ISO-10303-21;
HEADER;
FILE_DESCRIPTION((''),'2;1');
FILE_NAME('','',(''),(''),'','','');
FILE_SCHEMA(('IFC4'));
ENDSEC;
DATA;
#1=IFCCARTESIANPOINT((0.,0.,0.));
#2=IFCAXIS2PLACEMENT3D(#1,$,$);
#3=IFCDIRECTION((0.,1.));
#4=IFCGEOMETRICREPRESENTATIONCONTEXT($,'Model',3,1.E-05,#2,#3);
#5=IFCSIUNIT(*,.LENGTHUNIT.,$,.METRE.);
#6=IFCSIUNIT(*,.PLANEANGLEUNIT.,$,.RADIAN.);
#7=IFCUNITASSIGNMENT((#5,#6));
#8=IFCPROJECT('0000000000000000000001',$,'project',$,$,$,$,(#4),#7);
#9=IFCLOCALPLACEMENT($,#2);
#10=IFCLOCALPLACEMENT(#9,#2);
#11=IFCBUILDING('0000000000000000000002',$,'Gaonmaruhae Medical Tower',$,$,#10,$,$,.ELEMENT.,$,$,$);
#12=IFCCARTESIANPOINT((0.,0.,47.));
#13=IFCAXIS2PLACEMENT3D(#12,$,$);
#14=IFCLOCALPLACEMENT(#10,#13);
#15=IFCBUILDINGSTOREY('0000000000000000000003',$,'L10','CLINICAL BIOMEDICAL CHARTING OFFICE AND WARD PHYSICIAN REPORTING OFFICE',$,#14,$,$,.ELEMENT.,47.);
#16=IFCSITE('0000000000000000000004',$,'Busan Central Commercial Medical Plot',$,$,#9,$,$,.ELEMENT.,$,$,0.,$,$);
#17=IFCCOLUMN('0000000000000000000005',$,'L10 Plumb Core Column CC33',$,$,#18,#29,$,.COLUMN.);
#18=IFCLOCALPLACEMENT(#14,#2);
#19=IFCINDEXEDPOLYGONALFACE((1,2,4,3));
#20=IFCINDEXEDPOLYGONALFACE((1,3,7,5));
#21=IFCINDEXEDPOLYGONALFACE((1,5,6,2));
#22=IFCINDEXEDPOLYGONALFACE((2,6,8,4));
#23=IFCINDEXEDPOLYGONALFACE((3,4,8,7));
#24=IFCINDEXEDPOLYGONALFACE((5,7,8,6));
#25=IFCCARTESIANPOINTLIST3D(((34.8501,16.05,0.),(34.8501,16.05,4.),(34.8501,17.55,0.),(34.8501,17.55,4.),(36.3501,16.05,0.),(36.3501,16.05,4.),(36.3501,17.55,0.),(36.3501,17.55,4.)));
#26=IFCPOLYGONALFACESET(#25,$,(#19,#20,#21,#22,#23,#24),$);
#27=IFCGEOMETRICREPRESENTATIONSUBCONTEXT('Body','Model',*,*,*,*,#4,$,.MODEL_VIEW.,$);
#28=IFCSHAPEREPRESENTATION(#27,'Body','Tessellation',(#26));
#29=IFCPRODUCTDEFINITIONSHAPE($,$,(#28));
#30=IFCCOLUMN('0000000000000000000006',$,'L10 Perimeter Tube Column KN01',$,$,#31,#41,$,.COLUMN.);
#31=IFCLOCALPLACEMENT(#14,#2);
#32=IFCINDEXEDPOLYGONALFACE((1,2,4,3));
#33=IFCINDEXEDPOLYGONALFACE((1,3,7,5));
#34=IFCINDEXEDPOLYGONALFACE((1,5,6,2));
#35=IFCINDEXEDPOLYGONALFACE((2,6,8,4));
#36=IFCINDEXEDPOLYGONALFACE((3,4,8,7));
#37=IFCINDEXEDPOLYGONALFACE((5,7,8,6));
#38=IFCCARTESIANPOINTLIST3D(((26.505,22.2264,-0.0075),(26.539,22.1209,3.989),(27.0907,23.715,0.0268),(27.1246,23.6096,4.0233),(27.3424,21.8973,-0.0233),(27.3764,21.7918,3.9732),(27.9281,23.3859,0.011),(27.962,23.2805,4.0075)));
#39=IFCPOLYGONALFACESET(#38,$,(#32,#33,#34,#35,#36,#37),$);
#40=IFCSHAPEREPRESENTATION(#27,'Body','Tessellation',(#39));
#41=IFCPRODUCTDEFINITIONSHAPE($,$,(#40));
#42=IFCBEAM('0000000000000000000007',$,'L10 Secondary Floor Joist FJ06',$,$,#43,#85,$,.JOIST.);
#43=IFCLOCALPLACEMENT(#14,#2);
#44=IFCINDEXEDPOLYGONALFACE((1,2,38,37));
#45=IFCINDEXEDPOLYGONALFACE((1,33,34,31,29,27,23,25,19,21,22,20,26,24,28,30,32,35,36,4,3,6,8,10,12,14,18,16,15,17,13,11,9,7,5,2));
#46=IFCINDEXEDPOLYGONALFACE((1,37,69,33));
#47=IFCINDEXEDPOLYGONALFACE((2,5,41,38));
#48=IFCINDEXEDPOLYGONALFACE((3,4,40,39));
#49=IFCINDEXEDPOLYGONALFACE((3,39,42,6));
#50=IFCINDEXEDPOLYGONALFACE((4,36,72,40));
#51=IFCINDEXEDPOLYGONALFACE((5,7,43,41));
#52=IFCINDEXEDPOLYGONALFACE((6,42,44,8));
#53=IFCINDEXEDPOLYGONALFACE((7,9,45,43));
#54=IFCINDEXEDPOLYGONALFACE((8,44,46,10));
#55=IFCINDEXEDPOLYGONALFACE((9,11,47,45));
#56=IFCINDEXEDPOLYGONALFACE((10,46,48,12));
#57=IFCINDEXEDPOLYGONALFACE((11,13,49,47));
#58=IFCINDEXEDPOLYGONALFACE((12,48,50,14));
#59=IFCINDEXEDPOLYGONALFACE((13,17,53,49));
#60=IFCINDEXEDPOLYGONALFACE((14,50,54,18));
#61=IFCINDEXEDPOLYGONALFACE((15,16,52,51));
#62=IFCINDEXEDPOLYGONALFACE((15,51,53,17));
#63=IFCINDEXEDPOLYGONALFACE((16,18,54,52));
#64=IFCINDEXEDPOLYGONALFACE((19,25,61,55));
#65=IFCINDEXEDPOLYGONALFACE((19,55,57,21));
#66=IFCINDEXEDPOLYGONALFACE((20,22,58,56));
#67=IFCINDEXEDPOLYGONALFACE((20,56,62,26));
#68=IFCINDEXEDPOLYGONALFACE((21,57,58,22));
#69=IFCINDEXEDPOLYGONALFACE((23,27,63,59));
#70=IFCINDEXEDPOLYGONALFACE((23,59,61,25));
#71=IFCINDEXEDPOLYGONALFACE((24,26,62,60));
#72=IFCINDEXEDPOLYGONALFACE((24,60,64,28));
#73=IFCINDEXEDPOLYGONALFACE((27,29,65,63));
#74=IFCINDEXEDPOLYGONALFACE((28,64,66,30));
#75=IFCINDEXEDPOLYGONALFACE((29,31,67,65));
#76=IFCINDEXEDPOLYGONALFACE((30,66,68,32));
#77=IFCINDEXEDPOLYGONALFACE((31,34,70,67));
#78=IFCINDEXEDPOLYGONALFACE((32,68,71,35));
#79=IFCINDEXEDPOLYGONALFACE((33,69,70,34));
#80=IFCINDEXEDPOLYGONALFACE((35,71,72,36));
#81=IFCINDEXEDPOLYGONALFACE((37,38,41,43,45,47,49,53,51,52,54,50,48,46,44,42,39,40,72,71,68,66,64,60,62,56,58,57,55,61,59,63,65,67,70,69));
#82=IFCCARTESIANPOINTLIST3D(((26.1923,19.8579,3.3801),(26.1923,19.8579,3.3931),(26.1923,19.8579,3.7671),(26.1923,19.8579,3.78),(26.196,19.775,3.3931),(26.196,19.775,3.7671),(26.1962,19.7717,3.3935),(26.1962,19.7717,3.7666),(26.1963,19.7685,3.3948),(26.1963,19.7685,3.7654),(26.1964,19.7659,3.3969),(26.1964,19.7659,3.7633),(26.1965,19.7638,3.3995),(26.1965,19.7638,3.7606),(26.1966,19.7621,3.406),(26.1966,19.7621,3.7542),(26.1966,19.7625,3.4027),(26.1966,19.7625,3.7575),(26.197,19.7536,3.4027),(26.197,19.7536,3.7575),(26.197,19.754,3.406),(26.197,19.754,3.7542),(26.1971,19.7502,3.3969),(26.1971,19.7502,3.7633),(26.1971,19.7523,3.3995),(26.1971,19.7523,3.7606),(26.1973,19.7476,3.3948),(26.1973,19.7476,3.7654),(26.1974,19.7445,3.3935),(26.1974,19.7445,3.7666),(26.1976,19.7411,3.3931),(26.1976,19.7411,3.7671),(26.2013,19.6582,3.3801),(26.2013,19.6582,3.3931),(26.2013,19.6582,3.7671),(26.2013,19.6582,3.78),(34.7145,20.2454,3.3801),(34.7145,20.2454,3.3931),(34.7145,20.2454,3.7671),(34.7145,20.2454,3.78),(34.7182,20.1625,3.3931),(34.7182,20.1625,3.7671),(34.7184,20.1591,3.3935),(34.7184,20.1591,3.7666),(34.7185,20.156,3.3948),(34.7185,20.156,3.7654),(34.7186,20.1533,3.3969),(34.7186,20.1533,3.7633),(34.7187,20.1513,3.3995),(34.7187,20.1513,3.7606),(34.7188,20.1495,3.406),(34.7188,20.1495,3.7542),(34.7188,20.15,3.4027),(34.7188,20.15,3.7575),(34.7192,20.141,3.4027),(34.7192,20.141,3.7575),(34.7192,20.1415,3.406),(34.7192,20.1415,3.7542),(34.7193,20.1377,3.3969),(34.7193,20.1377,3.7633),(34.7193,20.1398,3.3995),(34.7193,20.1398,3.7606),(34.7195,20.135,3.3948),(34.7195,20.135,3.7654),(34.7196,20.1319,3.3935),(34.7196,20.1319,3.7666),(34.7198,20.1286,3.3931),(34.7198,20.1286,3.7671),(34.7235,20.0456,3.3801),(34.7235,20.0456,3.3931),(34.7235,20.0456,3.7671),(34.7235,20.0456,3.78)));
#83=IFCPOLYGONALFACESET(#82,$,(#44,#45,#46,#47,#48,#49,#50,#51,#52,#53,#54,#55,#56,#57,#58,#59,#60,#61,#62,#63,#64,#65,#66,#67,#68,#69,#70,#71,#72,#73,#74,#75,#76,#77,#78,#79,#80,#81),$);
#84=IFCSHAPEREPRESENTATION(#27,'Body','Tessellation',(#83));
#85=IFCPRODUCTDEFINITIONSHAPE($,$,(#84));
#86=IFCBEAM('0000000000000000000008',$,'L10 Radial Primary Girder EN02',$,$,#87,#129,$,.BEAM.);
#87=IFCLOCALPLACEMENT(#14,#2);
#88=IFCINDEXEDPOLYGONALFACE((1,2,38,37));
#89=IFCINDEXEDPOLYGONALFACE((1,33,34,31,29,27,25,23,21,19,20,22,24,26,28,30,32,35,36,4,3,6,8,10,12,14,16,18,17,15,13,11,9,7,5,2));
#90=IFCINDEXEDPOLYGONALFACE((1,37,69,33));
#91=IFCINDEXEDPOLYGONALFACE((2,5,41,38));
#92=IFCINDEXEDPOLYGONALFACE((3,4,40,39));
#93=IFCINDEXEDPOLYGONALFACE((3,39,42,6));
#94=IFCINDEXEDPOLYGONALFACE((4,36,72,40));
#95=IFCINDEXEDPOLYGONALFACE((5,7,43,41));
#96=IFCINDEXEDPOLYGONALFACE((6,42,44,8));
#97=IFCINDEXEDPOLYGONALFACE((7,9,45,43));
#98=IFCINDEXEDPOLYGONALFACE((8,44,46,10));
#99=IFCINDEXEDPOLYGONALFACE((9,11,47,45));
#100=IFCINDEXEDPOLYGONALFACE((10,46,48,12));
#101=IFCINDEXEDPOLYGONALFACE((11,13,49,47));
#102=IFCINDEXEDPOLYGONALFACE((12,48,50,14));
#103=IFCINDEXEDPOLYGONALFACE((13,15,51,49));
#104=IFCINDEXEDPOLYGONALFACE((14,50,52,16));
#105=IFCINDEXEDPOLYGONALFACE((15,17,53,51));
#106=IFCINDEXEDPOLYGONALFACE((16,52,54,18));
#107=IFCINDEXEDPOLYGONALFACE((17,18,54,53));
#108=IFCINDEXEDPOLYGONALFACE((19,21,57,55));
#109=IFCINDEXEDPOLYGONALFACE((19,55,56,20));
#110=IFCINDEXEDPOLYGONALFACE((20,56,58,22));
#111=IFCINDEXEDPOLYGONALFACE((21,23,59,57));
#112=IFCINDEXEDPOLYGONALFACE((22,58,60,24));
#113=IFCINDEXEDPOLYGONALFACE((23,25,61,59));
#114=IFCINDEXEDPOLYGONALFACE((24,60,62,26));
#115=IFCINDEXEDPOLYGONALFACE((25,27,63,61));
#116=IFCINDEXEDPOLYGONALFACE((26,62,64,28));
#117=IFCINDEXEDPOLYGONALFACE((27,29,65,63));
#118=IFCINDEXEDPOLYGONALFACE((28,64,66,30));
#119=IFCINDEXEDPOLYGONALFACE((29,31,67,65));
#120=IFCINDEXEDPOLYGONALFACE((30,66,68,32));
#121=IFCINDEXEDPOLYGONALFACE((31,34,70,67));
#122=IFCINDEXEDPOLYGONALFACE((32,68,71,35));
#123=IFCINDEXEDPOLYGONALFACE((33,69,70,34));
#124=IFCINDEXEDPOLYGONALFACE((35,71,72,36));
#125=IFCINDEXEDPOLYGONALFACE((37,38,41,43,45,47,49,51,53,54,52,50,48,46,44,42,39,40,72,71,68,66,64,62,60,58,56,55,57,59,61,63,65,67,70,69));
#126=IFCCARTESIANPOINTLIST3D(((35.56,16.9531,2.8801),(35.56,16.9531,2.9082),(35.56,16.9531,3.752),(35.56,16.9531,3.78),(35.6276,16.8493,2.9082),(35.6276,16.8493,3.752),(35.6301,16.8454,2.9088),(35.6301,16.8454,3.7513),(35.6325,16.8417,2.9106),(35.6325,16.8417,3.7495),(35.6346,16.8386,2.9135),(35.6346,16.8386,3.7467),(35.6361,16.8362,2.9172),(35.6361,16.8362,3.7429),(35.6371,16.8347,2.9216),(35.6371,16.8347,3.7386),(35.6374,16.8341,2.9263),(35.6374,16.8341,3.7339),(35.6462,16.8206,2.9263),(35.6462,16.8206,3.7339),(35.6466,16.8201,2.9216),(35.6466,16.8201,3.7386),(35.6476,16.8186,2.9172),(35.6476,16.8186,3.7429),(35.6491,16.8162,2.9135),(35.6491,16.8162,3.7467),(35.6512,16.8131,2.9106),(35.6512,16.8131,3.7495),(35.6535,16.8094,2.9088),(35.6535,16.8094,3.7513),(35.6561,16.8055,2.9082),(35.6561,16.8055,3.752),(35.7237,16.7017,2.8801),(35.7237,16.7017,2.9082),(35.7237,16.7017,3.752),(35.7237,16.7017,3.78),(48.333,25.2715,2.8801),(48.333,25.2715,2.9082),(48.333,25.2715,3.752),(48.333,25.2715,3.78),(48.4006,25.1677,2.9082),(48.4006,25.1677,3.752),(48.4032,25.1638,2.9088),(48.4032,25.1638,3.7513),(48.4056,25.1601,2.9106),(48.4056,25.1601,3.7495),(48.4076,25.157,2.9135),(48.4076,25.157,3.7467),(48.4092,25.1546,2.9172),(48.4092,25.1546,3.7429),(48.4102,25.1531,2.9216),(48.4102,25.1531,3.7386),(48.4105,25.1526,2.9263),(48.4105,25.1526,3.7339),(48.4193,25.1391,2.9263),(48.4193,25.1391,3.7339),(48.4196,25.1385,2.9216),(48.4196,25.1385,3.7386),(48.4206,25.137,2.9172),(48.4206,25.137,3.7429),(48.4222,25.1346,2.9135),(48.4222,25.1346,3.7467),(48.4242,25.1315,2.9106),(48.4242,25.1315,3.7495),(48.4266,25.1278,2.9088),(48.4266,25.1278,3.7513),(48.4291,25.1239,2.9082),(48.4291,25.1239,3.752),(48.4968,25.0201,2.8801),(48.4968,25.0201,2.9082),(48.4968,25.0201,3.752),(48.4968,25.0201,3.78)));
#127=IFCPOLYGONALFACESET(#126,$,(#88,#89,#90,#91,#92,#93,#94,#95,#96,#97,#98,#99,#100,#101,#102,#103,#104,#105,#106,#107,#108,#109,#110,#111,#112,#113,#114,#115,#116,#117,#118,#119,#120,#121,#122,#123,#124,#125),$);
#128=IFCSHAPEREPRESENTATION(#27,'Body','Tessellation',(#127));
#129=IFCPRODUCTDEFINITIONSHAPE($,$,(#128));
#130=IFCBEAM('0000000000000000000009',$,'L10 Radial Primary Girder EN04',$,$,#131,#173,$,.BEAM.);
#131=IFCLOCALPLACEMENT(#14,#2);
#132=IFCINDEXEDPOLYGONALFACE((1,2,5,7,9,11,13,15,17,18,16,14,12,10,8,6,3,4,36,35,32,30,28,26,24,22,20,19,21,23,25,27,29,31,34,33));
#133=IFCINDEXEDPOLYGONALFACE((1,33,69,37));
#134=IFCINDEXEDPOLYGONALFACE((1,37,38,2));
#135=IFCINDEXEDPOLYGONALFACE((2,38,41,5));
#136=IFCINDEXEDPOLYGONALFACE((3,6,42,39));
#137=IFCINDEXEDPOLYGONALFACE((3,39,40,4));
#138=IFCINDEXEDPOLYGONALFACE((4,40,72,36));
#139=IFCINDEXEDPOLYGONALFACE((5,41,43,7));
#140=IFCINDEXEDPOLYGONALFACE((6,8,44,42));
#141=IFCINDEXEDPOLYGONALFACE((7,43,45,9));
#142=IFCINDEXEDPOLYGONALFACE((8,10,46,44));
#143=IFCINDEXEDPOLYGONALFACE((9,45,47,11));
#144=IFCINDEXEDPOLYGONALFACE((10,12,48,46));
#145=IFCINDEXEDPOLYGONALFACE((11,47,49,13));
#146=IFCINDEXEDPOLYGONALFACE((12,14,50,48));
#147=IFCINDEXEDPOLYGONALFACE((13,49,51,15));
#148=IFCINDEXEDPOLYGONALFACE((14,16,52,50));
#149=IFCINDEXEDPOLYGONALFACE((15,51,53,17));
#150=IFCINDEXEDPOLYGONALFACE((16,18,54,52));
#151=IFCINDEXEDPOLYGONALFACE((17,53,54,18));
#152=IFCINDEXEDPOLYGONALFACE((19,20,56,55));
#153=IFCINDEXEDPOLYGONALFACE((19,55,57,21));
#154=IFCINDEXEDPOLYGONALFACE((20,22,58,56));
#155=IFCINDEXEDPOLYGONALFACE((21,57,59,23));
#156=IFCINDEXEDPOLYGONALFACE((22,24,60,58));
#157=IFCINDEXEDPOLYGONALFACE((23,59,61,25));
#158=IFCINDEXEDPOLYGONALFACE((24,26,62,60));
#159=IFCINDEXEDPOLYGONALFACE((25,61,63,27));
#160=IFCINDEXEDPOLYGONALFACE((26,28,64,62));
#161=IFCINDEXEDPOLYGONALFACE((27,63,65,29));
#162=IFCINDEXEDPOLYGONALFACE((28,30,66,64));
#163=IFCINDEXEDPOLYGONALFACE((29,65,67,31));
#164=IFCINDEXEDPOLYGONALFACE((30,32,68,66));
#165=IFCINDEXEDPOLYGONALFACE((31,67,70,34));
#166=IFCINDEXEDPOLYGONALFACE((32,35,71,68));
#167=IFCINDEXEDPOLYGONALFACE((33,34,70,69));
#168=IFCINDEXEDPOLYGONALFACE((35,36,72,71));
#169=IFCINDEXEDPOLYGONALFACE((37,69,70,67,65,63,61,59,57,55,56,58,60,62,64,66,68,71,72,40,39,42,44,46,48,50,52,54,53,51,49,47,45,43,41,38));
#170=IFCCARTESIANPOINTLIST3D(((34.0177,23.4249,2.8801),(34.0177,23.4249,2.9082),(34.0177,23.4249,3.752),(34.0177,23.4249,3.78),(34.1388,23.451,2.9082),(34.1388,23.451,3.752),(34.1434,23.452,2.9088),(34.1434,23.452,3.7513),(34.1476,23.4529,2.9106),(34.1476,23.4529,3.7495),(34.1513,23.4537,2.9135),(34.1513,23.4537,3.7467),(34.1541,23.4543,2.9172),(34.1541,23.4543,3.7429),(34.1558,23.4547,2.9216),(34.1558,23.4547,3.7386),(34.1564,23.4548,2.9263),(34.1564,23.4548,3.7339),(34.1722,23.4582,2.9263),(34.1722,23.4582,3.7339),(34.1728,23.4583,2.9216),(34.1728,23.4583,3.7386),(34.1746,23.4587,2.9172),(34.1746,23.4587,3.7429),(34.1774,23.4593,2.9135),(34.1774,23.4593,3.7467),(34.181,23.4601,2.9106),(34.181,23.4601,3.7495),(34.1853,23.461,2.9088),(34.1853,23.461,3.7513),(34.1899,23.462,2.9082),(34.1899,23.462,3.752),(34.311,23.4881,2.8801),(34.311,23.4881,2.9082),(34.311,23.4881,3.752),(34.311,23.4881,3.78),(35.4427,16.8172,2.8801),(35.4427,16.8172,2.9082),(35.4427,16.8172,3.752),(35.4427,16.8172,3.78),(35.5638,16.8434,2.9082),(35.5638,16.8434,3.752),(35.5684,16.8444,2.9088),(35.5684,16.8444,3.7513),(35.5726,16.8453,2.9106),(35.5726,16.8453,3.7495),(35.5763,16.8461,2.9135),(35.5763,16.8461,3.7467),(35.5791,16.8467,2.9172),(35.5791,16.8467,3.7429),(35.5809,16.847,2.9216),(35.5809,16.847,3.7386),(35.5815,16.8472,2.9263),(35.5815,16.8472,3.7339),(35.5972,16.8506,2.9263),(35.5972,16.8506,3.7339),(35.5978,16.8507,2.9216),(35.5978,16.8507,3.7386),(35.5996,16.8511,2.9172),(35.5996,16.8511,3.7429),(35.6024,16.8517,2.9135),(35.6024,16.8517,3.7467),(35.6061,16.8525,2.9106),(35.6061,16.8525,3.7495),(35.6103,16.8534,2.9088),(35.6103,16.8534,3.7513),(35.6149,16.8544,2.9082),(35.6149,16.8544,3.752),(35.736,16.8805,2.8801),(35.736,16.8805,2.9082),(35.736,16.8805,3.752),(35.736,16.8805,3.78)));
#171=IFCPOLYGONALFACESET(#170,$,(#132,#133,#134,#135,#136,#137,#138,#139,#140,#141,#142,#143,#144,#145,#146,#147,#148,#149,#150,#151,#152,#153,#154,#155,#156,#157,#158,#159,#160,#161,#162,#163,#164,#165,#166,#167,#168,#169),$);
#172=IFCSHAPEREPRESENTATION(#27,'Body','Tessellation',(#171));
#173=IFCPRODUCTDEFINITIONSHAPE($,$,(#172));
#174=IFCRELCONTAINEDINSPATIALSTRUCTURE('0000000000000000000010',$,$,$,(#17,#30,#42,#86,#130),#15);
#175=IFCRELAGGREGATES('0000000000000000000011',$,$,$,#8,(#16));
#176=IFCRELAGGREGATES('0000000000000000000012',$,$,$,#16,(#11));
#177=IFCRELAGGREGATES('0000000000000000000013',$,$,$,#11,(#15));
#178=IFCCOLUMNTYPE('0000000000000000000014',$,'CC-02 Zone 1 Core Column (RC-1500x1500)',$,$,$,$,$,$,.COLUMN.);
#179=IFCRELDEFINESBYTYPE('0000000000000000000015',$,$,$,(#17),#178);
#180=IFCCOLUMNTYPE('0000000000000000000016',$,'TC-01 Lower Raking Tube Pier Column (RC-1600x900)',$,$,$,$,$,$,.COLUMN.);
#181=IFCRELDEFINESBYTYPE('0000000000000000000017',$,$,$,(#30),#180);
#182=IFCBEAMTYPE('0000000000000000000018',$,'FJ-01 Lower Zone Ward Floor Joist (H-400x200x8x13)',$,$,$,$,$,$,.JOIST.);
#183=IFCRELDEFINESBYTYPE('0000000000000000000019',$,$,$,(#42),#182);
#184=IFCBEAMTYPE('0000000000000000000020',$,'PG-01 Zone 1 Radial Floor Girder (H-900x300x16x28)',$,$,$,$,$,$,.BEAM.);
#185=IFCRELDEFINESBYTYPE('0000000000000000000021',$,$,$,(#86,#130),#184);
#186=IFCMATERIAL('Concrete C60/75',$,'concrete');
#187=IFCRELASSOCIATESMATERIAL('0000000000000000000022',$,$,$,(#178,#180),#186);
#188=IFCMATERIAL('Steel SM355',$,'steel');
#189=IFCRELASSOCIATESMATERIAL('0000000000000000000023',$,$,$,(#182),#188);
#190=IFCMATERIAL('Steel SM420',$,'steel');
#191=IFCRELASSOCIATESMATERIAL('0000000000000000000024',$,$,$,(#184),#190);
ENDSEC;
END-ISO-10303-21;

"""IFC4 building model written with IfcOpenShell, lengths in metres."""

from ifc_helpers import new_model, si_unit, direction, frame, origin, origin_2d, place, context, subcontext, project, spatial, rectangle, i_section, extrude, material, material_profile, profile_set, type_object, element, save


model = new_model("IFC4")

# Units and contexts
model_context = context("Model", 3, precision=1e-05, world=origin(), true_north=direction((0.0, 1.0)))
body_context = subcontext(model_context, "Body", "Model", "MODEL_VIEW")
ifc_project = project(units=[si_unit("LENGTHUNIT", "METRE"), si_unit("PLANEANGLEUNIT", "RADIAN")], contexts=[model_context])

# Site, building, storey
site_placement = place(None, origin())
site = spatial("IfcSite", under=ifc_project, at=site_placement, Name="Busan Central Commercial Medical Plot", CompositionType="ELEMENT", RefElevation=0.0)
building_placement = place(site_placement, origin())
building = spatial("IfcBuilding", under=site, at=building_placement, Name="Gaonmaruhae Medical Tower", CompositionType="ELEMENT")
storey_placement = place(building_placement, frame((0.0, 0.0, 47.0)))
storey = spatial("IfcBuildingStorey", under=building, at=storey_placement, Name="L10", Description="CLINICAL BIOMEDICAL CHARTING OFFICE AND WARD PHYSICIAN REPORTING OFFICE", CompositionType="ELEMENT", Elevation=47.0)

# Columns
ifc_material_1 = material(Name="Concrete C60/75", Category="concrete")
ifc_material_profile_1 = material_profile(ifc_material_1, rectangle(XDim=1.5, YDim=1.5, at=origin_2d()), Name="RC-1500x1500")
ifc_profile_set_1 = profile_set([ifc_material_profile_1], Name="Concrete C60/75")
column_type_1 = type_object("IfcColumnType", Name="CC-02 Zone 1 Core Column (RC-1500x1500)", PredefinedType="COLUMN", material=ifc_profile_set_1)
column_1_placement = place(storey_placement, frame((35.6001, 16.8, 0.0), z_axis=(0.0, 0.0, 1.0), x_axis=(1.0, 0.0, 0.0)))
element("IfcColumn", 1, at=column_1_placement, inside=storey, type_object=column_type_1, Name="L10 Plumb Core Column CC33", PredefinedType="COLUMN", context=body_context, shape_type="SweptSolid", body=[
    extrude(rectangle(XDim=1.5, YDim=1.5, at=origin_2d()), origin(), (0.0, 0.0, 1.0), 4.0),
])
ifc_material_profile_2 = material_profile(ifc_material_1, rectangle(XDim=1.6001, YDim=0.8999, at=origin_2d()), Name="RC-1600x900")
ifc_profile_set_2 = profile_set([ifc_material_profile_2], Name="Concrete C60/75")
column_type_2 = type_object("IfcColumnType", Name="TC-01 Lower Raking Tube Pier Column (RC-1600x900)", PredefinedType="COLUMN", material=ifc_profile_set_2)
column_2_placement = place(storey_placement, frame((27.2166, 22.8062, 0.0017), z_axis=(0.008488, -0.02638, 0.999616), x_axis=(0.366007, 0.930365, 0.021444)))
element("IfcColumn", 2, at=column_2_placement, inside=storey, type_object=column_type_2, Name="L10 Perimeter Tube Column KN01", PredefinedType="COLUMN", context=body_context, shape_type="SweptSolid", body=[
    extrude(rectangle(XDim=1.6001, YDim=0.8999, at=origin_2d()), origin(), (0.0, 0.0, 1.0), 3.998),
])

# Beams
ifc_material_2 = material(Name="Steel SM355", Category="steel")
ifc_material_profile_3 = material_profile(ifc_material_2, i_section(OverallWidth=0.2, OverallDepth=0.3999, WebThickness=0.0081, FlangeThickness=0.0129, FilletRadius=0.0129, at=origin_2d()), Name="H-400x200x8x13")
ifc_profile_set_3 = profile_set([ifc_material_profile_3], Name="Steel SM355")
beam_type_1 = type_object("IfcBeamType", Name="FJ-01 Lower Zone Ward Floor Joist (H-400x200x8x13)", PredefinedType="JOIST", material=ifc_profile_set_3)
beam_1_placement = place(storey_placement, frame((34.719, 20.1455, 3.5801), z_axis=(-0.998968, -0.045417, 0.0), x_axis=(0.045417, -0.998968, 0.0)))
element("IfcBeam", 3, at=beam_1_placement, inside=storey, type_object=beam_type_1, Name="L10 Secondary Floor Joist FJ06", PredefinedType="JOIST", context=body_context, shape_type="SweptSolid", body=[
    extrude(i_section(OverallWidth=0.2, OverallDepth=0.3999, WebThickness=0.0081, FlangeThickness=0.0129, FilletRadius=0.0129, at=origin_2d()), origin(), (0.0, 0.0, 1.0), 8.531),
])
ifc_material_3 = material(Name="Steel SM420", Category="steel")
ifc_material_profile_4 = material_profile(ifc_material_3, i_section(OverallWidth=0.3, OverallDepth=0.8999, WebThickness=0.0161, FlangeThickness=0.0281, FilletRadius=0.0181, at=origin_2d()), Name="H-900x300x16x28")
ifc_profile_set_4 = profile_set([ifc_material_profile_4], Name="Steel SM420")
beam_type_2 = type_object("IfcBeamType", Name="PG-01 Zone 1 Radial Floor Girder (H-900x300x16x28)", PredefinedType="BEAM", material=ifc_profile_set_4)
beam_2_placement = place(storey_placement, frame((35.6418, 16.8274, 3.3301), z_axis=(0.837965, 0.545723, 0.0), x_axis=(-0.545723, 0.837965, 0.0)))
element("IfcBeam", 4, at=beam_2_placement, inside=storey, type_object=beam_type_2, Name="L10 Radial Primary Girder EN02", PredefinedType="BEAM", context=body_context, shape_type="SweptSolid", body=[
    extrude(i_section(OverallWidth=0.3, OverallDepth=0.8999, WebThickness=0.0161, FlangeThickness=0.0281, FilletRadius=0.0181, at=origin_2d()), origin(), (0.0, 0.0, 1.0), 15.2429),
])
beam_3_placement = place(storey_placement, frame((35.5894, 16.8489, 3.3301), z_axis=(-0.210819, 0.977525, 0.0), x_axis=(-0.977525, -0.210819, 0.0)))
element("IfcBeam", 5, at=beam_3_placement, inside=storey, type_object=beam_type_2, Name="L10 Radial Primary Girder EN04", PredefinedType="BEAM", context=body_context, shape_type="SweptSolid", body=[
    extrude(i_section(OverallWidth=0.3, OverallDepth=0.8999, WebThickness=0.0161, FlangeThickness=0.0281, FilletRadius=0.0181, at=origin_2d()), origin(), (0.0, 0.0, 1.0), 6.7595),
])

save(model, "model.ifc")
